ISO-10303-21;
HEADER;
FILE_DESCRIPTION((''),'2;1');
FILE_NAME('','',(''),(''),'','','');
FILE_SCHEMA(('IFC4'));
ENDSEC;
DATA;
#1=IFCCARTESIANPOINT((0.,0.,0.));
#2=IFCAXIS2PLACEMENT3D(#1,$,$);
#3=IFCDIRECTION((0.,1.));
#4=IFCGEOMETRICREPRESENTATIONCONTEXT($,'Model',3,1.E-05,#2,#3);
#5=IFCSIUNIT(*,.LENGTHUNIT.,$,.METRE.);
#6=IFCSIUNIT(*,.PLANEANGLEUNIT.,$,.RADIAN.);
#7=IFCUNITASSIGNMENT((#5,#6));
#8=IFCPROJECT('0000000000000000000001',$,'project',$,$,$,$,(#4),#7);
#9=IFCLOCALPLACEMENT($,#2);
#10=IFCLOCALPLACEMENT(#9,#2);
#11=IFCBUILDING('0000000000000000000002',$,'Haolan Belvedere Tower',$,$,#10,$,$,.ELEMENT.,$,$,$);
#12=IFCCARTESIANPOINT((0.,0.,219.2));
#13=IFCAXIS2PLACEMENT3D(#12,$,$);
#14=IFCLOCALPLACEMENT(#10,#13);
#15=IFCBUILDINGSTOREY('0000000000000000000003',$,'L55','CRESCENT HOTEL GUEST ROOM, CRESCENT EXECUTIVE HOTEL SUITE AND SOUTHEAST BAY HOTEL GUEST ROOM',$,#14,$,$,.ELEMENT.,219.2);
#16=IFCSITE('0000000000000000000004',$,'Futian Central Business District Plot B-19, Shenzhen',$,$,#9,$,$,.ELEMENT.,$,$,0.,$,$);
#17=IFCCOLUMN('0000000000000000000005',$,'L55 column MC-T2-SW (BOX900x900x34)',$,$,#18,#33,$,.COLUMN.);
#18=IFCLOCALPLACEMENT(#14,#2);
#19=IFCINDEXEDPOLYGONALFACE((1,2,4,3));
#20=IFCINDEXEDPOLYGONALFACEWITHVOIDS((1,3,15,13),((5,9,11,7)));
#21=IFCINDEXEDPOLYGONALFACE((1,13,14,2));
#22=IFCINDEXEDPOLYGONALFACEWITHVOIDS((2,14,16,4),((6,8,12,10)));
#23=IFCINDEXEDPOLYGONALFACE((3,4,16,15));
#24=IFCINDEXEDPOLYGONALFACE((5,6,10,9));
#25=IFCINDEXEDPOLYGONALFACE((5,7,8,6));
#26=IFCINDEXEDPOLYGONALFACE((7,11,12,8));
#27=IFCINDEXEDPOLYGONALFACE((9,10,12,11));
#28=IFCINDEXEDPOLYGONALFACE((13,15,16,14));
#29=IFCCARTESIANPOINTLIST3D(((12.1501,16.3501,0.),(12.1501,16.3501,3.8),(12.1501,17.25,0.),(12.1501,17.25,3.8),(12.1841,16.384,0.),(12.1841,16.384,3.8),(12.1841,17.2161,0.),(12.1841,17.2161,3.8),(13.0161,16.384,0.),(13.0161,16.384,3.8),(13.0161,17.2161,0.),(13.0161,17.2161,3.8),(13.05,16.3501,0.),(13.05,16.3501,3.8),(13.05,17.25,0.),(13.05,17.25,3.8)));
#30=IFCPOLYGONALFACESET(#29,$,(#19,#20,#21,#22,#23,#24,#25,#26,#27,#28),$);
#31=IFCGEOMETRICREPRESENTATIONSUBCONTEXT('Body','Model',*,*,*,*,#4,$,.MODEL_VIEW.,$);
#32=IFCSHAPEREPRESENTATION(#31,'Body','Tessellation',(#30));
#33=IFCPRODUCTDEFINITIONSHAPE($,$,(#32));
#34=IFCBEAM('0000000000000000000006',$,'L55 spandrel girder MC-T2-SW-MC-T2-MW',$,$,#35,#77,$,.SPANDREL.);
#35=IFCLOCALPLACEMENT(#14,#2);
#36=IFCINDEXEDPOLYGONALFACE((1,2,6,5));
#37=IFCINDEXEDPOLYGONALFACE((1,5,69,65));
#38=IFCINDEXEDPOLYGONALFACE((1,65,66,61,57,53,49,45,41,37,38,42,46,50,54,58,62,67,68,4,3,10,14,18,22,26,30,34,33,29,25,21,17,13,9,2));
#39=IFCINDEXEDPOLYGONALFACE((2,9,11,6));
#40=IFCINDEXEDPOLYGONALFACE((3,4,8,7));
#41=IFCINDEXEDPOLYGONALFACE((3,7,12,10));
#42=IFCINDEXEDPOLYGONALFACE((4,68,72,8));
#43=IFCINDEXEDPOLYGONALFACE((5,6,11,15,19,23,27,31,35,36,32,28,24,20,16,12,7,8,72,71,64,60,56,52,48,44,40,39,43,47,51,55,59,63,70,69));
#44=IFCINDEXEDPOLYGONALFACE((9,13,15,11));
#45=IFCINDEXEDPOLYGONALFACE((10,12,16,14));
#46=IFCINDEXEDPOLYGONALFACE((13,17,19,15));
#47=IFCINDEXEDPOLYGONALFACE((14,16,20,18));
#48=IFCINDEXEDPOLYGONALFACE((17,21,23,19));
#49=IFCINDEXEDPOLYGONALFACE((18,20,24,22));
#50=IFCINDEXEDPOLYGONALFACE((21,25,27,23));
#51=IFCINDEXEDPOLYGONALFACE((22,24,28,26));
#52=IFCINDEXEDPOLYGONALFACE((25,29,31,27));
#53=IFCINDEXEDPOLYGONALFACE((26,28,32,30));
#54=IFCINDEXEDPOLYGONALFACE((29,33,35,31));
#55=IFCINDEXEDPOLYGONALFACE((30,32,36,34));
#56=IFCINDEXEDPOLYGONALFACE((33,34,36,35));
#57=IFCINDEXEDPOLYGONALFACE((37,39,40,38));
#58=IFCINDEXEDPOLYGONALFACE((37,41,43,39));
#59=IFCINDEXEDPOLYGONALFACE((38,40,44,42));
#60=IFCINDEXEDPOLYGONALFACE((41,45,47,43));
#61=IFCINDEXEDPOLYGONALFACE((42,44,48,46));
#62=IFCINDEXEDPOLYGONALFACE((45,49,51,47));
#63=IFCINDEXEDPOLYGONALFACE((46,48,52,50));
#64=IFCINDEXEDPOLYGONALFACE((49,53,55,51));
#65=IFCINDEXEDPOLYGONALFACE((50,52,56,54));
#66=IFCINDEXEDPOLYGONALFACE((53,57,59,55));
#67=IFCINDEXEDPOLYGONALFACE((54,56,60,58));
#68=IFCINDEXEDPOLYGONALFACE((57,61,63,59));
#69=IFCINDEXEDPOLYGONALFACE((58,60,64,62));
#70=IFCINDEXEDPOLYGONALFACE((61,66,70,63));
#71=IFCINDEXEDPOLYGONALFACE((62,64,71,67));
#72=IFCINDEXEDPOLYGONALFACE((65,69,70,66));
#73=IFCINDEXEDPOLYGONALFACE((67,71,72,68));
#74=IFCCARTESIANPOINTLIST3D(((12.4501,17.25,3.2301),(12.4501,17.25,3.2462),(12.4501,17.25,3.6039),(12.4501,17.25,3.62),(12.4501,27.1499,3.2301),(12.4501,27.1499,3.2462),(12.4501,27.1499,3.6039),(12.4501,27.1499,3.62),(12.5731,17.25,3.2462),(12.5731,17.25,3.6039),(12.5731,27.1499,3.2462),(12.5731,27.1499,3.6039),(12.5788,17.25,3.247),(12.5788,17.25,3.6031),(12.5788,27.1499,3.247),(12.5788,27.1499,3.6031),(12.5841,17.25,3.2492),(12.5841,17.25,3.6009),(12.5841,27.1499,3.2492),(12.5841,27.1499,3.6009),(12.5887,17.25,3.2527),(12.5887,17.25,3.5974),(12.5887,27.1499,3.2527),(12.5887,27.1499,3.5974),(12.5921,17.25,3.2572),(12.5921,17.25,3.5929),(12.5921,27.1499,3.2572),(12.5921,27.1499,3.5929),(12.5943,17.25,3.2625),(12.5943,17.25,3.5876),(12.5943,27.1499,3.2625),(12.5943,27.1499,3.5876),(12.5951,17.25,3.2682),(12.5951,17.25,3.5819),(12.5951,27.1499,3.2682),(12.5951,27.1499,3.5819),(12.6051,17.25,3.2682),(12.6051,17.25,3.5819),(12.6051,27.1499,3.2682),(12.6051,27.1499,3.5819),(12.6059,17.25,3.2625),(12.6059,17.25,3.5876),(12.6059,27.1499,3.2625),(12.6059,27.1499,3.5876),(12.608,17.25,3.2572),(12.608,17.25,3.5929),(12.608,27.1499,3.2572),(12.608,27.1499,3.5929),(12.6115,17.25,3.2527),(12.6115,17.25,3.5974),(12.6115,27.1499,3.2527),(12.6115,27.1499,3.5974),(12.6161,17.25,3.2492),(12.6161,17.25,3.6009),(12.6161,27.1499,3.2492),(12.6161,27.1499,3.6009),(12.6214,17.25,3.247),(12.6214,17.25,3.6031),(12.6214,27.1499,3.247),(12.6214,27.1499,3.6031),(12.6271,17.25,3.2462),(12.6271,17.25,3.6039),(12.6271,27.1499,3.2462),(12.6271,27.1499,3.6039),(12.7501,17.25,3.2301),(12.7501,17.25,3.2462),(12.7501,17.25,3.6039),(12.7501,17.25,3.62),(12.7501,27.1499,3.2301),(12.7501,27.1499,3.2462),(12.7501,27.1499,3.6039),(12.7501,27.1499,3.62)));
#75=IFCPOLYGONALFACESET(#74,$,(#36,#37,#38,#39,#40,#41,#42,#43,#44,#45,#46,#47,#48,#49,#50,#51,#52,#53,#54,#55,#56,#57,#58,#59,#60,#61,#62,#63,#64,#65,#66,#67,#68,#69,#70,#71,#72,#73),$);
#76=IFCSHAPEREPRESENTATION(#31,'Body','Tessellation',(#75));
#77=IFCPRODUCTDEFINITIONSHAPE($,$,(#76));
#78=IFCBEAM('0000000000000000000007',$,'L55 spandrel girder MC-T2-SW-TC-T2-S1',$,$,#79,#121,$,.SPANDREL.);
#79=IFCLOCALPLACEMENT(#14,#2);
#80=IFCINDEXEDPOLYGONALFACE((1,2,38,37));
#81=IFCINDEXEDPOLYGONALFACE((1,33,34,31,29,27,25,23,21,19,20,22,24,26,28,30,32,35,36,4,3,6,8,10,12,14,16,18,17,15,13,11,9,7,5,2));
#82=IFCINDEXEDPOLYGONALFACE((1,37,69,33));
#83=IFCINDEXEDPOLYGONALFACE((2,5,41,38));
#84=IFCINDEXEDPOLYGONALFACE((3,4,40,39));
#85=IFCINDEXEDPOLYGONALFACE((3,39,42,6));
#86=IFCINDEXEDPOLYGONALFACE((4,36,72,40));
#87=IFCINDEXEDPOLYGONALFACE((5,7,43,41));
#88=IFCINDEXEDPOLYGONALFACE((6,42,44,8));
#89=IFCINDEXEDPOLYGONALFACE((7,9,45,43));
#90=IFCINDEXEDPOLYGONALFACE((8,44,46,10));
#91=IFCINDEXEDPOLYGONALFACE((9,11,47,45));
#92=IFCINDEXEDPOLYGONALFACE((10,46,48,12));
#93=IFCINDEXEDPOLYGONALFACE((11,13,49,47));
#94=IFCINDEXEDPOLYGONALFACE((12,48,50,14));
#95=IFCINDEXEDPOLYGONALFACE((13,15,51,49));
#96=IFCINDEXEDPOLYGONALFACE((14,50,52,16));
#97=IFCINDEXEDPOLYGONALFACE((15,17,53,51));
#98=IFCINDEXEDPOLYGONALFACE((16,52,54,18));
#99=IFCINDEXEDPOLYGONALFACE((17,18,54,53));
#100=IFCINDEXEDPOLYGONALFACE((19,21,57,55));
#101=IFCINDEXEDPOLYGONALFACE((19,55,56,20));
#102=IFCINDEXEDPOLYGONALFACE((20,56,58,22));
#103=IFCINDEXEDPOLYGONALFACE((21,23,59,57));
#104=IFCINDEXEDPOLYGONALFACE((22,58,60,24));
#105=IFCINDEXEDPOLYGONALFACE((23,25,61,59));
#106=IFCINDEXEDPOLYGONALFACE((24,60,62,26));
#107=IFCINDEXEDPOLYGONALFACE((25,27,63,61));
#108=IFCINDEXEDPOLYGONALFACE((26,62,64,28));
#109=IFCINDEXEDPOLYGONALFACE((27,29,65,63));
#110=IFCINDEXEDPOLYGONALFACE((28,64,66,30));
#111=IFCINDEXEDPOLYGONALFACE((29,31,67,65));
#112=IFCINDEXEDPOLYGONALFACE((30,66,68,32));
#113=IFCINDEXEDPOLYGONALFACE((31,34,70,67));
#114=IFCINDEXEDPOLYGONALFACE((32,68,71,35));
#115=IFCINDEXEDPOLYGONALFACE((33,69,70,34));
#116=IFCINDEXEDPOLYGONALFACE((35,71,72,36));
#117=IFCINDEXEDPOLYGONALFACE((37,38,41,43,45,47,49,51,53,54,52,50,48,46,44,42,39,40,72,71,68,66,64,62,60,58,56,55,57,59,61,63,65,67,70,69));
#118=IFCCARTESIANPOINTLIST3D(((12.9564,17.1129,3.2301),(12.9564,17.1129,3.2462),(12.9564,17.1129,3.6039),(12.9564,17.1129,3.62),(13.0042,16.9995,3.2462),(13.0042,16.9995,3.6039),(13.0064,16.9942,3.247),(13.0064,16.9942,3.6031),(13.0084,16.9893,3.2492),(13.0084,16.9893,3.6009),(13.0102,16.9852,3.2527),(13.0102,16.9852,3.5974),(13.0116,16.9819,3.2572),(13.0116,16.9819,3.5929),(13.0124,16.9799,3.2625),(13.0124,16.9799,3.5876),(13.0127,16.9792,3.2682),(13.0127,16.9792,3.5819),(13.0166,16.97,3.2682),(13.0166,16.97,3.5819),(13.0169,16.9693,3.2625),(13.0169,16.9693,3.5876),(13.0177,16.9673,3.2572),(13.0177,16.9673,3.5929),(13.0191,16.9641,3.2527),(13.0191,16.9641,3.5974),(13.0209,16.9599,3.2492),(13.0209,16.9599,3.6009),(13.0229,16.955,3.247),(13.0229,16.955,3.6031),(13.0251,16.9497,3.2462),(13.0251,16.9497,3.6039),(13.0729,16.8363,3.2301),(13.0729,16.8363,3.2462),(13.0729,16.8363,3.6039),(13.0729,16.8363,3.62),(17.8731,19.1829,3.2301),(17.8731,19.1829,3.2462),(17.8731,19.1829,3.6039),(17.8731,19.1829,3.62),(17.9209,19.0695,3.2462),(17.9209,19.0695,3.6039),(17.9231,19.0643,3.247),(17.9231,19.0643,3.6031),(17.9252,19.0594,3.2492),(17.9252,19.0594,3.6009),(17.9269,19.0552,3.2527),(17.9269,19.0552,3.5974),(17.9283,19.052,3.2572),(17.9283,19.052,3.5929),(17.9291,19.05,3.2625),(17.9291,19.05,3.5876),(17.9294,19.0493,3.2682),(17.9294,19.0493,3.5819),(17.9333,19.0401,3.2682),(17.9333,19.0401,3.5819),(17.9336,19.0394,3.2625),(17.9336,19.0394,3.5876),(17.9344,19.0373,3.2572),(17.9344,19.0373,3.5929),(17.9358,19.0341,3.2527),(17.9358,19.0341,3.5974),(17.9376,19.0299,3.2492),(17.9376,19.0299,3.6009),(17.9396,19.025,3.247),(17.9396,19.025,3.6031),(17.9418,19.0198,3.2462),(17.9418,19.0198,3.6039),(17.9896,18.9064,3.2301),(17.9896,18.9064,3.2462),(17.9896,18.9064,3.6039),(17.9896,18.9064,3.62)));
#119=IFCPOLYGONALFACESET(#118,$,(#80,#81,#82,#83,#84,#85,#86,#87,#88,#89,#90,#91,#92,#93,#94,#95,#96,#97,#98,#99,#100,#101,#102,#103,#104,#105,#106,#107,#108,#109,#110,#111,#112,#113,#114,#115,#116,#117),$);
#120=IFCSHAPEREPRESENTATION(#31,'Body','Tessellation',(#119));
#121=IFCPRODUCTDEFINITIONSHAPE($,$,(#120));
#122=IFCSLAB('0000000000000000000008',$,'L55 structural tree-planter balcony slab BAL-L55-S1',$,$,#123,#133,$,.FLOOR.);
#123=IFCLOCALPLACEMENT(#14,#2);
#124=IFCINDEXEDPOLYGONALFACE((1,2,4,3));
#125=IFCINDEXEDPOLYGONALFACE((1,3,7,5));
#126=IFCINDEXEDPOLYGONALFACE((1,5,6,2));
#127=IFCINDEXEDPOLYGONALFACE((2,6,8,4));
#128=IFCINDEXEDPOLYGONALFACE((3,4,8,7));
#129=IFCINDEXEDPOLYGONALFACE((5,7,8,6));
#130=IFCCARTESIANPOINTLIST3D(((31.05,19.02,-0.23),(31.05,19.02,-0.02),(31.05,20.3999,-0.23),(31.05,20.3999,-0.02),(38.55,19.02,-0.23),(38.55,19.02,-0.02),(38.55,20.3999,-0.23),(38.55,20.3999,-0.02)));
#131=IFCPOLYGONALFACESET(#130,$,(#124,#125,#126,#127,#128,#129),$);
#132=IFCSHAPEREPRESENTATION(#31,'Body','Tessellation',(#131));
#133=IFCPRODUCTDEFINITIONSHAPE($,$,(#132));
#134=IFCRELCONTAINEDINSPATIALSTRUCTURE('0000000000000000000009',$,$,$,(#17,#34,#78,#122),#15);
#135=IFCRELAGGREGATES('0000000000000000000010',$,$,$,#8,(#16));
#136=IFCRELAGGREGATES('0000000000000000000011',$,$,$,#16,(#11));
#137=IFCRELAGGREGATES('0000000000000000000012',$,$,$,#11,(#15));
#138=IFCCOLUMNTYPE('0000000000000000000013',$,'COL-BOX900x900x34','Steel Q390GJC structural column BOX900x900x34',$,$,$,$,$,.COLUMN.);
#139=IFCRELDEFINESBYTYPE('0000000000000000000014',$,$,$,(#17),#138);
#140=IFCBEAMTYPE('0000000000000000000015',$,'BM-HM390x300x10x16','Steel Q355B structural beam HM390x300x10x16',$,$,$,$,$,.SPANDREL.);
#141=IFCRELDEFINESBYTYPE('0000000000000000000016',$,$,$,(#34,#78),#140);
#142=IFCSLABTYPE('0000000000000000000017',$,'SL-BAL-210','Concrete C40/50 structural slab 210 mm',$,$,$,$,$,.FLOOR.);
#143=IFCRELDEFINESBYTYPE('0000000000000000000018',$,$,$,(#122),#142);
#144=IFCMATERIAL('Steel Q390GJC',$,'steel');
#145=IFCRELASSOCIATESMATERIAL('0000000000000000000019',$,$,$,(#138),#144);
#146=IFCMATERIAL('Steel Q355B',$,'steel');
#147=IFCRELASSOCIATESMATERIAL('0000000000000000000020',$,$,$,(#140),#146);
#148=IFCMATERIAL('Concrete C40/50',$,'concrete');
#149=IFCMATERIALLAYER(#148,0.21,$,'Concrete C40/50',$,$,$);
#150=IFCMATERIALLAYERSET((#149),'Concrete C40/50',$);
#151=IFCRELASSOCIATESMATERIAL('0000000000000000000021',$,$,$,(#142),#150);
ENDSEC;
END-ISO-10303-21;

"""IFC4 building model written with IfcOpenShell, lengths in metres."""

from ifc_helpers import new_model, si_unit, direction, frame, origin, origin_2d, place, context, subcontext, project, spatial, polyline, hollow_rectangle, i_section, outline, extrude, material, layer, layer_set, material_profile, profile_set, type_object, element, save


model = new_model("IFC4")

# Units and contexts
model_context = context("Model", 3, precision=1e-05, world=origin(), true_north=direction((0.0, 1.0)))
body_context = subcontext(model_context, "Body", "Model", "MODEL_VIEW")
ifc_project = project(units=[si_unit("LENGTHUNIT", "METRE"), si_unit("PLANEANGLEUNIT", "RADIAN")], contexts=[model_context])

# Site, building, storey
site_placement = place(None, origin())
site = spatial("IfcSite", under=ifc_project, at=site_placement, Name="Futian Central Business District Plot B-19, Shenzhen", CompositionType="ELEMENT", RefElevation=0.0)
building_placement = place(site_placement, origin())
building = spatial("IfcBuilding", under=site, at=building_placement, Name="Haolan Belvedere Tower", CompositionType="ELEMENT")
storey_placement = place(building_placement, frame((0.0, 0.0, 219.2)))
storey = spatial("IfcBuildingStorey", under=building, at=storey_placement, Name="L55", Description="CRESCENT HOTEL GUEST ROOM, CRESCENT EXECUTIVE HOTEL SUITE AND SOUTHEAST BAY HOTEL GUEST ROOM", CompositionType="ELEMENT", Elevation=219.2)

# Column
ifc_material_1 = material(Name="Steel Q390GJC", Category="steel")
ifc_material_profile_1 = material_profile(ifc_material_1, hollow_rectangle(XDim=0.8999, YDim=0.8999, WallThickness=0.0339, at=origin_2d()), Name="Steel Q390GJC")
ifc_profile_set_1 = profile_set([ifc_material_profile_1], Name="Steel Q390GJC")
column_type = type_object("IfcColumnType", Name="COL-BOX900x900x34", Description="Steel Q390GJC structural column BOX900x900x34", PredefinedType="COLUMN", material=ifc_profile_set_1)
column_placement = place(storey_placement, frame((12.6001, 16.8, 0.0), z_axis=(0.0, 0.0, 1.0), x_axis=(1.0, 0.0, 0.0)))
element("IfcColumn", 1, at=column_placement, inside=storey, type_object=column_type, Name="L55 column MC-T2-SW (BOX900x900x34)", PredefinedType="COLUMN", context=body_context, shape_type="SweptSolid", body=[
    extrude(hollow_rectangle(XDim=0.8999, YDim=0.8999, WallThickness=0.0339, at=origin_2d()), origin(), (0.0, 0.0, 1.0), 3.8),
])

# Beams
ifc_material_2 = material(Name="Steel Q355B", Category="steel")
ifc_material_profile_2 = material_profile(ifc_material_2, i_section(OverallWidth=0.3, OverallDepth=0.3899, WebThickness=0.01, FlangeThickness=0.0161, FilletRadius=0.022, at=origin_2d()), Name="Steel Q355B")
ifc_profile_set_2 = profile_set([ifc_material_profile_2], Name="Steel Q355B")
beam_type = type_object("IfcBeamType", Name="BM-HM390x300x10x16", Description="Steel Q355B structural beam HM390x300x10x16", PredefinedType="SPANDREL", material=ifc_profile_set_2)
beam_1_placement = place(storey_placement, frame((12.6001, 17.25, 3.425), z_axis=(0.0, 1.0, 0.0), x_axis=(-1.0, 0.0, 0.0)))
element("IfcBeam", 2, at=beam_1_placement, inside=storey, type_object=beam_type, Name="L55 spandrel girder MC-T2-SW-MC-T2-MW", PredefinedType="SPANDREL", context=body_context, shape_type="SweptSolid", body=[
    extrude(i_section(OverallWidth=0.3, OverallDepth=0.3899, WebThickness=0.01, FlangeThickness=0.0161, FilletRadius=0.022, at=origin_2d()), origin(), (0.0, 0.0, 1.0), 9.8999),
])
beam_2_placement = place(storey_placement, frame((13.0146, 16.9746, 3.425), z_axis=(0.921645, 0.388034, 0.0), x_axis=(-0.388034, 0.921645, 0.0)))
element("IfcBeam", 3, at=beam_2_placement, inside=storey, type_object=beam_type, Name="L55 spandrel girder MC-T2-SW-TC-T2-S1", PredefinedType="SPANDREL", context=body_context, shape_type="SweptSolid", body=[
    extrude(i_section(OverallWidth=0.3, OverallDepth=0.3899, WebThickness=0.01, FlangeThickness=0.0161, FilletRadius=0.022, at=origin_2d()), origin(), (0.0, 0.0, 1.0), 5.3347),
])

# Slab
ifc_material_3 = material(Name="Concrete C40/50", Category="concrete")
ifc_layer_1 = layer(ifc_material_3, 0.21, Name="Concrete C40/50")
ifc_layer_set_1 = layer_set([ifc_layer_1], Name="Concrete C40/50")
slab_type_1 = type_object("IfcSlabType", Name="SL-BAL-210", Description="Concrete C40/50 structural slab 210 mm", PredefinedType="FLOOR", material=ifc_layer_set_1)
slab_1_placement = place(storey_placement, frame((0.0, 0.0, -0.23)))
element("IfcSlab", 4, at=slab_1_placement, inside=storey, type_object=slab_type_1, Name="L55 structural tree-planter balcony slab BAL-L55-S1", PredefinedType="FLOOR", context=body_context, shape_type="SweptSolid", body=[
    extrude(outline(polyline([(31.05, 19.02), (38.55, 19.02), (38.55, 20.3999), (31.05, 20.3999), (31.05, 19.02)])), origin(), (0.0, 0.0, 1.0), 0.21),
])

save(model, "model.ifc")
